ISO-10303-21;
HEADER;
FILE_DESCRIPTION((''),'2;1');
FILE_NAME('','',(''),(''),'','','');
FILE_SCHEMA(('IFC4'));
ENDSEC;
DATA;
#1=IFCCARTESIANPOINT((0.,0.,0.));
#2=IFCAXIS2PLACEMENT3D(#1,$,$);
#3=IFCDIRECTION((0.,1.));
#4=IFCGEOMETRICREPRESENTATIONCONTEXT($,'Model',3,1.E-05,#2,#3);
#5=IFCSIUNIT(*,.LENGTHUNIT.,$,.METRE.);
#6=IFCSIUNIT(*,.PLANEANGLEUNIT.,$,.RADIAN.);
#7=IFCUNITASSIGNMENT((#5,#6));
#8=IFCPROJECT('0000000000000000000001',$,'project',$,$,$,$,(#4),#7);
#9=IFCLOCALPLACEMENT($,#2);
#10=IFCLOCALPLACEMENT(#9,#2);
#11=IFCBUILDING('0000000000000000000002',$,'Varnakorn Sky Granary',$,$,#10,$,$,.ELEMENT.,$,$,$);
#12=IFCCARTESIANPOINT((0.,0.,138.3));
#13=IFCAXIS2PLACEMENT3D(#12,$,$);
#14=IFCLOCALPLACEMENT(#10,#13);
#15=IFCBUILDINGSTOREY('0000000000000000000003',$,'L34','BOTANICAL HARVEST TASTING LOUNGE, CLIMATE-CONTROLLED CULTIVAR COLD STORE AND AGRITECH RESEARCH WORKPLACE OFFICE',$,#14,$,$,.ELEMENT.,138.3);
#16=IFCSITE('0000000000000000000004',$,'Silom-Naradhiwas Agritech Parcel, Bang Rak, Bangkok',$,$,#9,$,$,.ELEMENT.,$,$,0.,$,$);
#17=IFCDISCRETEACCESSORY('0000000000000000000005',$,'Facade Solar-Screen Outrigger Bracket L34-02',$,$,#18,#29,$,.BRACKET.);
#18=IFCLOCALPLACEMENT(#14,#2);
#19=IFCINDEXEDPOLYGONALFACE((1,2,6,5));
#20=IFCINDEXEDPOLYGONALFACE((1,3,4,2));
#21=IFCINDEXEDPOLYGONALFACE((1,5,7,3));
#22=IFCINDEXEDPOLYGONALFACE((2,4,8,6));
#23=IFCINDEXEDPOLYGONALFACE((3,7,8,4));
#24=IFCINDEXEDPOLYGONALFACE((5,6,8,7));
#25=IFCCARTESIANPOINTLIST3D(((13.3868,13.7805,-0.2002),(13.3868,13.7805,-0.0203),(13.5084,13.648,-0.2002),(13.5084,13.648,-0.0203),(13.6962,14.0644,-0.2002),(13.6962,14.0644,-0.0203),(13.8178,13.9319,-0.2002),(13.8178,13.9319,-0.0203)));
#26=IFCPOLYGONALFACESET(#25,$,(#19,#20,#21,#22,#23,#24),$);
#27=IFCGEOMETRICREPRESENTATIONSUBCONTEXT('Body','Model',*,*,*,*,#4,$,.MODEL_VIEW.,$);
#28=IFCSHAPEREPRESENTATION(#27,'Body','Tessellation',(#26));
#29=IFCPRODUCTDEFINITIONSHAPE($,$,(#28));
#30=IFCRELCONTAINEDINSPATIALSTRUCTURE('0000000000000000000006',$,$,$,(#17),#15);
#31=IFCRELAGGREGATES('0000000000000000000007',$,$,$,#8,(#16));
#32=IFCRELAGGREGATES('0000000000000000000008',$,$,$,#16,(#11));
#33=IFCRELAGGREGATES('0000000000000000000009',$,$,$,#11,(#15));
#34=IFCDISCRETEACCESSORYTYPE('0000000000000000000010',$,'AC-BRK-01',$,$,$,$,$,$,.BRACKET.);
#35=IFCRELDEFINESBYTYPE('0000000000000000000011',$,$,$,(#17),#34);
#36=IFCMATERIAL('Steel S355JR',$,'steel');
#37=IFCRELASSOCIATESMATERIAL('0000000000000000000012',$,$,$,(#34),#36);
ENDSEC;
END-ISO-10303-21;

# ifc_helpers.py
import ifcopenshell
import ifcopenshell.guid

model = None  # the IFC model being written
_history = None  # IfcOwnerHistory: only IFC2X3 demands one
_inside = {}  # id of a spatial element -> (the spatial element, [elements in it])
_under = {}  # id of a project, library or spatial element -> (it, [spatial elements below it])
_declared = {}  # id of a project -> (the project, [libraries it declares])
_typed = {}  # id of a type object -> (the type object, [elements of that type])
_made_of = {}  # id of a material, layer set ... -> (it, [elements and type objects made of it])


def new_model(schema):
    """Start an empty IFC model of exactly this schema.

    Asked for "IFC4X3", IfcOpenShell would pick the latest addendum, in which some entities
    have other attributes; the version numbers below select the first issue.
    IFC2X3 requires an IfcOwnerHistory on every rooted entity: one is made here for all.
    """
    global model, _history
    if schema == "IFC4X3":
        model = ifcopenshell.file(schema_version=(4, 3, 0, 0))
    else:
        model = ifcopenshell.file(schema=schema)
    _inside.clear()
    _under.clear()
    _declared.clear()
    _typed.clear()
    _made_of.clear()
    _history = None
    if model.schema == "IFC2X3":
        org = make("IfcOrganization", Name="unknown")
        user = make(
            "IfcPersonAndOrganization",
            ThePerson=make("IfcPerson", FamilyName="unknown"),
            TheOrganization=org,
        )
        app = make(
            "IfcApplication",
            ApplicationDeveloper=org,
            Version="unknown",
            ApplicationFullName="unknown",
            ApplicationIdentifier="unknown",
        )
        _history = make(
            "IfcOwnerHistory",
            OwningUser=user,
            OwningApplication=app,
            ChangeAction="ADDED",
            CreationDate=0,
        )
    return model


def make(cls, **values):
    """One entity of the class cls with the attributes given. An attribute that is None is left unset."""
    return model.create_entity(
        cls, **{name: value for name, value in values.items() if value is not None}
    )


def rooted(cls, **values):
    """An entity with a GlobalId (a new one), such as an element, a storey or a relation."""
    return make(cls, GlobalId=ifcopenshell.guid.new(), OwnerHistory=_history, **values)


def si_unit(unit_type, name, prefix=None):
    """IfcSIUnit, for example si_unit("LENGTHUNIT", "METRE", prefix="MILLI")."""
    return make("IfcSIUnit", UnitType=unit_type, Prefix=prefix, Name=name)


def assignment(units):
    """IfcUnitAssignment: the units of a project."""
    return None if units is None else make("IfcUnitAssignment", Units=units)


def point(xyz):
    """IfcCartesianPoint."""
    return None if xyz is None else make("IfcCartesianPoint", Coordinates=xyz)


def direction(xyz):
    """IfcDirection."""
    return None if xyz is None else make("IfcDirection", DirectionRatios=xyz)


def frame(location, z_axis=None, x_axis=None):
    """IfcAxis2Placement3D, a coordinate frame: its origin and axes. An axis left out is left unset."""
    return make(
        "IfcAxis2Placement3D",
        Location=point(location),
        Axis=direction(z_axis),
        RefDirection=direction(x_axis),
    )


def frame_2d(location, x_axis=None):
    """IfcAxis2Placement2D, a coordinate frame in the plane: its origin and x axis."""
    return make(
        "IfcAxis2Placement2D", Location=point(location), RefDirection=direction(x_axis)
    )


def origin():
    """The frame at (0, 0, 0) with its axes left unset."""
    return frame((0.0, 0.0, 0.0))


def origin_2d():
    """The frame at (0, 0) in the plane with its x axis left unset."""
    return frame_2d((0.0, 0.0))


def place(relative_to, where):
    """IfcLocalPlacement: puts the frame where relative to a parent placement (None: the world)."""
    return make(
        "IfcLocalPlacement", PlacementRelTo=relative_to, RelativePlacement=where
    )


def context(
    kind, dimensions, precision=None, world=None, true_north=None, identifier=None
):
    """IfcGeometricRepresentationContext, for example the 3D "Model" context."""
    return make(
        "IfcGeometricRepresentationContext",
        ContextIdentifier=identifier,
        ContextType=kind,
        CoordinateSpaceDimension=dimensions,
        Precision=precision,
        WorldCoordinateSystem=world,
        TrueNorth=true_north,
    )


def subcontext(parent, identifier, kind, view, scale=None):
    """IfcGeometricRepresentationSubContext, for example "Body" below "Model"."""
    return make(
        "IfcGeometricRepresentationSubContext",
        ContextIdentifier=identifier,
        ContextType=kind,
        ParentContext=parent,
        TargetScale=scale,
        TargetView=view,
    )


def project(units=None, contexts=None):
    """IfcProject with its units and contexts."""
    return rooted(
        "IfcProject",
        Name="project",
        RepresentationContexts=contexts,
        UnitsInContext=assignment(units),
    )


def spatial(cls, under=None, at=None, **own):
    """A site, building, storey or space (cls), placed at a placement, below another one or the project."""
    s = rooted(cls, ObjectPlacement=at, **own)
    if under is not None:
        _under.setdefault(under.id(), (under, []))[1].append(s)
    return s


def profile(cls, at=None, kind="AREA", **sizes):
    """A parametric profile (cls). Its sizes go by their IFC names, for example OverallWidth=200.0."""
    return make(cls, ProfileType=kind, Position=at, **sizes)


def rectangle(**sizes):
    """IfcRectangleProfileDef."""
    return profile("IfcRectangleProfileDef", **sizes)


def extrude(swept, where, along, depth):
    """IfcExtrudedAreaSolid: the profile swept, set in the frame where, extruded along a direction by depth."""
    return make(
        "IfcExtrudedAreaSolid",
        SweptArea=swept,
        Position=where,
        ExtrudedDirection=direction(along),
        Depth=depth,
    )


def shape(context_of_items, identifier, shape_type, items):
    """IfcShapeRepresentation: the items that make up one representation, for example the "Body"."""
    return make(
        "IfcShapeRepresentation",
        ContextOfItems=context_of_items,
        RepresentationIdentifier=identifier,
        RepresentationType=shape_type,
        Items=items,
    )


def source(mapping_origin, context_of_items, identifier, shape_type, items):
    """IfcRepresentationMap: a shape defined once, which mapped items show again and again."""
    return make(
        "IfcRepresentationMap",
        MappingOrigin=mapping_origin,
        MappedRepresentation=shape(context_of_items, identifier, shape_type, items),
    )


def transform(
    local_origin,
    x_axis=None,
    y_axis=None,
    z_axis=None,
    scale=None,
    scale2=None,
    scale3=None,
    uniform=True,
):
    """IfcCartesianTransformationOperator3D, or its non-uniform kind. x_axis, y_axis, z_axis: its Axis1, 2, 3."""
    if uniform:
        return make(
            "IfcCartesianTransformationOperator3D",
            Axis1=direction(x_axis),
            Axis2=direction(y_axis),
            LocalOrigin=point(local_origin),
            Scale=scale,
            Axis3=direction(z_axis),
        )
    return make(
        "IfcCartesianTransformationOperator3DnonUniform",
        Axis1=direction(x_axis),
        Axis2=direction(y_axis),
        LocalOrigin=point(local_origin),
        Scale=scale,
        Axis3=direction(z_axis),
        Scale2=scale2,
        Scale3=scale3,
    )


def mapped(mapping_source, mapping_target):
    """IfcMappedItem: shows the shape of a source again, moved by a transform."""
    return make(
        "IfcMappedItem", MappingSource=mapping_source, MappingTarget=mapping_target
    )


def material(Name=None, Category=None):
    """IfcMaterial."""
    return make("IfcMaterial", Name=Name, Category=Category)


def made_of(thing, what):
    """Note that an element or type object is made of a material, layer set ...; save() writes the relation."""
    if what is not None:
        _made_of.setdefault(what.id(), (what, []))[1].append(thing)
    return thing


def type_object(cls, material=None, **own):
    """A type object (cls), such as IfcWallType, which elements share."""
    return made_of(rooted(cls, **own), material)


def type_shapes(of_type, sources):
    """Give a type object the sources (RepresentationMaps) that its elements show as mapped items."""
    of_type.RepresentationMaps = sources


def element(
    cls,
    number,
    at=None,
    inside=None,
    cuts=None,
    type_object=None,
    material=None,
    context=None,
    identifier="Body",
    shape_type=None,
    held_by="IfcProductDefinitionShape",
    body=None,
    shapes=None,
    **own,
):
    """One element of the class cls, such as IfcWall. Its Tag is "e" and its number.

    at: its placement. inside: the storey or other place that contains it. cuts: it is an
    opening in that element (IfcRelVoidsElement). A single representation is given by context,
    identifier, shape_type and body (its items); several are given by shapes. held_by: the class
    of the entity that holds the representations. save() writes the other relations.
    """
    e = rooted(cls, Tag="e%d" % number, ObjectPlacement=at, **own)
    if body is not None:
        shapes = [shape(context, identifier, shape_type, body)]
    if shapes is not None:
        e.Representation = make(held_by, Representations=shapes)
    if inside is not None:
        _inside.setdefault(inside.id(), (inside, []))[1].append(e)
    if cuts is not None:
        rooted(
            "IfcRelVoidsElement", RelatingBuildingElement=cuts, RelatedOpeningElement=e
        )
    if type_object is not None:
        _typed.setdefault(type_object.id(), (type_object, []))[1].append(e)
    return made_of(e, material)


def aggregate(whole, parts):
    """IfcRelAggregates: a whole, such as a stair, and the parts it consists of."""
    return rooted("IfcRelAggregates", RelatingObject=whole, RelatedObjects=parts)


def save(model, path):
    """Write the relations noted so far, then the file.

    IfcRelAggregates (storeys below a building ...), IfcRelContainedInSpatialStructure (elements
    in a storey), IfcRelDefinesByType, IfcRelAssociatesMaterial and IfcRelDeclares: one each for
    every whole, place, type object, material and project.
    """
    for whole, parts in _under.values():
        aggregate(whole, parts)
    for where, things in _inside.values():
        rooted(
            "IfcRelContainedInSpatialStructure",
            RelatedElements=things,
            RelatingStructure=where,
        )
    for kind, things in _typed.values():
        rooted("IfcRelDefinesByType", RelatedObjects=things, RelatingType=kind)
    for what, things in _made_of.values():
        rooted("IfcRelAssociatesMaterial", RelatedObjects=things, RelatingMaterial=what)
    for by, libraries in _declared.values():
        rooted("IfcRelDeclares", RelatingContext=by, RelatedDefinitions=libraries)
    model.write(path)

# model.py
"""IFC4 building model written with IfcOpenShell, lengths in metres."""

from ifc_helpers import new_model, si_unit, direction, frame, origin, origin_2d, place, context, subcontext, project, spatial, rectangle, extrude, source, transform, mapped, material, type_object, type_shapes, element, save


model = new_model("IFC4")

# Units and contexts
model_context = context("Model", 3, precision=1e-05, world=origin(), true_north=direction((0.0, 1.0)))
body_context = subcontext(model_context, "Body", "Model", "MODEL_VIEW")
ifc_project = project(units=[si_unit("LENGTHUNIT", "METRE"), si_unit("PLANEANGLEUNIT", "RADIAN")], contexts=[model_context])

# Site, building, storey
site_placement = place(None, origin())
site = spatial("IfcSite", under=ifc_project, at=site_placement, Name="Silom-Naradhiwas Agritech Parcel, Bang Rak, Bangkok", CompositionType="ELEMENT", RefElevation=0.0)
building_placement = place(site_placement, origin())
building = spatial("IfcBuilding", under=site, at=building_placement, Name="Varnakorn Sky Granary", CompositionType="ELEMENT")
storey_placement = place(building_placement, frame((0.0, 0.0, 138.3)))
storey = spatial("IfcBuildingStorey", under=building, at=storey_placement, Name="L34", Description="BOTANICAL HARVEST TASTING LOUNGE, CLIMATE-CONTROLLED CULTIVAR COLD STORE AND AGRITECH RESEARCH WORKPLACE OFFICE", CompositionType="ELEMENT", Elevation=138.3)

# Shared definitions
ifc_material_1 = material(Name="Steel S355JR", Category="steel")

# Discrete accessory
discrete_accessory_type = type_object("IfcDiscreteAccessoryType", Name="AC-BRK-01", PredefinedType="BRACKET", material=ifc_material_1)
shared_shape_1 = source(origin(), body_context, "Body", "SweptSolid", [
    extrude(rectangle(XDim=0.1799, YDim=0.4199, at=origin_2d()), origin(), (0.0, 0.0, 1.0), 0.1799),
])
type_shapes(discrete_accessory_type, [shared_shape_1])
discrete_accessory_placement = place(storey_placement, frame((13.6023, 13.8562, -0.2002), z_axis=(0.0, 0.0, 1.0), x_axis=(-0.676052, 0.736854, 0.0)))
element("IfcDiscreteAccessory", 1, at=discrete_accessory_placement, inside=storey, type_object=discrete_accessory_type, Name="Facade Solar-Screen Outrigger Bracket L34-02", PredefinedType="BRACKET", context=body_context, shape_type="MappedRepresentation", body=[
    mapped(shared_shape_1, transform((0.0, 0.0, 0.0), x_axis=(1.0, 0.0, 0.0), y_axis=(0.0, 1.0, 0.0), z_axis=(0.0, 0.0, 1.0), scale=1.0)),
])

save(model, "model.ifc")
